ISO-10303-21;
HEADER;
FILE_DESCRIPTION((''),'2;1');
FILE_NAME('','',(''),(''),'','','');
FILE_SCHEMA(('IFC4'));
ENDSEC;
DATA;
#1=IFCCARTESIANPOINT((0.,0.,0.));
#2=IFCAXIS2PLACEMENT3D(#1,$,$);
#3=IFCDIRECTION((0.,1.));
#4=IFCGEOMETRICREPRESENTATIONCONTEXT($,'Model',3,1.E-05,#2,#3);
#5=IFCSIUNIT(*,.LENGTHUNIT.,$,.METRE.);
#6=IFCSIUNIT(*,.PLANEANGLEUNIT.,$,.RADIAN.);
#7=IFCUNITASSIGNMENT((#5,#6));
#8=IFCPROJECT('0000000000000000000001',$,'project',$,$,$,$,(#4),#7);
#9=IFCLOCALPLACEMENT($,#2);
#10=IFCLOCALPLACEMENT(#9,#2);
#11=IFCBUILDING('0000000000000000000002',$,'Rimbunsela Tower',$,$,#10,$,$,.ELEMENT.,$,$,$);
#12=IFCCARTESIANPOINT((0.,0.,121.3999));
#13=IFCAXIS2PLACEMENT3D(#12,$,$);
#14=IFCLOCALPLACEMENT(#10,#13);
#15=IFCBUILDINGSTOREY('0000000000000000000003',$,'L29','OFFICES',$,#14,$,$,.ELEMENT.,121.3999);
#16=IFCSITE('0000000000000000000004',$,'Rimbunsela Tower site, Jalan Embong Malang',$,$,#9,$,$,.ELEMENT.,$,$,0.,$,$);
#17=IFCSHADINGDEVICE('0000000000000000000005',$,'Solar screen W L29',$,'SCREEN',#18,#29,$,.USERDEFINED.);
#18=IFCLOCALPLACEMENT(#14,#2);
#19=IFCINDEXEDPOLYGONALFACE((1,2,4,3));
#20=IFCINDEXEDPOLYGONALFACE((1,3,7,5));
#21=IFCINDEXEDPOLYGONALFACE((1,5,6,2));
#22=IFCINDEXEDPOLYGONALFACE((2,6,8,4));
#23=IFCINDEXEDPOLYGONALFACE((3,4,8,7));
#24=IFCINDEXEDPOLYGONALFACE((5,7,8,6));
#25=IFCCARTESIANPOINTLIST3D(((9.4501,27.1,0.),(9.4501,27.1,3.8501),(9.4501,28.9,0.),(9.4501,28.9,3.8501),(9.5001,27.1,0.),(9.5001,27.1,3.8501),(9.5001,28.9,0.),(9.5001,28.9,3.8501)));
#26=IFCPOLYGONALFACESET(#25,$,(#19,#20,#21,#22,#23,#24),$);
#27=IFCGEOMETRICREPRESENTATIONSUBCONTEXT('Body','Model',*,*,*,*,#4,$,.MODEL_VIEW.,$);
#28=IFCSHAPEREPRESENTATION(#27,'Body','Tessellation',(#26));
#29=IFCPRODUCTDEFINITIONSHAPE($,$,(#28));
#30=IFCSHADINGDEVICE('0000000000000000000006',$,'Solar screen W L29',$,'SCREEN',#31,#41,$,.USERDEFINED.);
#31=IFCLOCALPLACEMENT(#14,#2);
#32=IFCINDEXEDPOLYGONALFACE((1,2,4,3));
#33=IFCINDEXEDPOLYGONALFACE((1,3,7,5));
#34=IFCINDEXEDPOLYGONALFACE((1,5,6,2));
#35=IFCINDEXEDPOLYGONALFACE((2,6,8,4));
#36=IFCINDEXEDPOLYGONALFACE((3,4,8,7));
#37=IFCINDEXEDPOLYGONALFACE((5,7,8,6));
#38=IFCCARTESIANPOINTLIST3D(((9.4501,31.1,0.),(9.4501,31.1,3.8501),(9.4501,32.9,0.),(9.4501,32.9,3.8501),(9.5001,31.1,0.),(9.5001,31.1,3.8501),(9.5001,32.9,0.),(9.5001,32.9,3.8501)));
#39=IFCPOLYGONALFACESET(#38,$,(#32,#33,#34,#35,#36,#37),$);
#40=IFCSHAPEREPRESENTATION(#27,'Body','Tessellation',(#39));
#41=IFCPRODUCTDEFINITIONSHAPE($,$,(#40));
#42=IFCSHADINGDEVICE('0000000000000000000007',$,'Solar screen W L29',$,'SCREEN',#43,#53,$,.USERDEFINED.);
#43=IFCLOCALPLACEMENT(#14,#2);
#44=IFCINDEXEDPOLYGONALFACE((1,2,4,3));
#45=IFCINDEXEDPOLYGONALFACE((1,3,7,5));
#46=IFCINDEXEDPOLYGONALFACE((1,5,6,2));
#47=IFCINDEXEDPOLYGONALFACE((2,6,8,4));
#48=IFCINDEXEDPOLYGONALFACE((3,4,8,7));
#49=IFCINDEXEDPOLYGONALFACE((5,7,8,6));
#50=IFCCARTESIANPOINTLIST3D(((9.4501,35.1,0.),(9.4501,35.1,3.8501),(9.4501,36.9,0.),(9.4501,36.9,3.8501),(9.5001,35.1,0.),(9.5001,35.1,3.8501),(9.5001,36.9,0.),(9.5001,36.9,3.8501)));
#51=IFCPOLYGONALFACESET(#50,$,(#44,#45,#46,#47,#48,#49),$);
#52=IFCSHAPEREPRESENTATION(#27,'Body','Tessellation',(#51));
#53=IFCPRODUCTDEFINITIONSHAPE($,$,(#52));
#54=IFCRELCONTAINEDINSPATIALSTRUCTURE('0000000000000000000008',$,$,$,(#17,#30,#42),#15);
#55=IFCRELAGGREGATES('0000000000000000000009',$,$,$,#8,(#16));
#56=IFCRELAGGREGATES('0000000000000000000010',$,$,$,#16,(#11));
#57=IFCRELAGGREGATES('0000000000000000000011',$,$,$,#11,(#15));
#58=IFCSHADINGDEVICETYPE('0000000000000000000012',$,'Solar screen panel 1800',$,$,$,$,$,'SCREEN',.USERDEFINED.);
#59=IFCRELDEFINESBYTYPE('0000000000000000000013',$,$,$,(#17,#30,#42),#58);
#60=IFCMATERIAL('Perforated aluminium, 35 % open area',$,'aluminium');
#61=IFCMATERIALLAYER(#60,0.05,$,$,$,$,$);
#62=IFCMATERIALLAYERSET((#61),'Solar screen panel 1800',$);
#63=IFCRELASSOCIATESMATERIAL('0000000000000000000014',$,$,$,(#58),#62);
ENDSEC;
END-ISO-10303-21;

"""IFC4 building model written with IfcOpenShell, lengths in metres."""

from ifc_helpers import new_model, si_unit, direction, frame, origin, origin_2d, place, context, subcontext, project, spatial, rectangle, extrude, material, layer, layer_set, type_object, element, save


model = new_model("IFC4")

# Units and contexts
model_context = context("Model", 3, precision=1e-05, world=origin(), true_north=direction((0.0, 1.0)))
body_context = subcontext(model_context, "Body", "Model", "MODEL_VIEW")
ifc_project = project(units=[si_unit("LENGTHUNIT", "METRE"), si_unit("PLANEANGLEUNIT", "RADIAN")], contexts=[model_context])

# Site, building, storey
site_placement = place(None, origin())
site = spatial("IfcSite", under=ifc_project, at=site_placement, Name="Rimbunsela Tower site, Jalan Embong Malang", CompositionType="ELEMENT", RefElevation=0.0)
building_placement = place(site_placement, origin())
building = spatial("IfcBuilding", under=site, at=building_placement, Name="Rimbunsela Tower", CompositionType="ELEMENT")
storey_placement = place(building_placement, frame((0.0, 0.0, 121.3999)))
storey = spatial("IfcBuildingStorey", under=building, at=storey_placement, Name="L29", Description="OFFICES", CompositionType="ELEMENT", Elevation=121.3999)

# Shading devices
ifc_material_1 = material(Name="Perforated aluminium, 35 % open area", Category="aluminium")
ifc_layer_1 = layer(ifc_material_1, 0.05)
ifc_layer_set_1 = layer_set([ifc_layer_1], Name="Solar screen panel 1800")
shading_device_type = type_object("IfcShadingDeviceType", Name="Solar screen panel 1800", ElementType="SCREEN", PredefinedType="USERDEFINED", material=ifc_layer_set_1)
for number, where, z_axis, x_axis, name in (
    (1, (9.4751, 28.0, 0.0), (0.0, 0.0, 1.0), (0.0, 1.0, 0.0), "Solar screen W L29"),
    (2, (9.4751, 32.0, 0.0), (0.0, 0.0, 1.0), (0.0, 1.0, 0.0), "Solar screen W L29"),
    (3, (9.4751, 36.0, 0.0), (0.0, 0.0, 1.0), (0.0, 1.0, 0.0), "Solar screen W L29"),
):
    element("IfcShadingDevice", number, at=place(storey_placement, frame(where, z_axis=z_axis, x_axis=x_axis)), inside=storey, type_object=shading_device_type, Name=name, ObjectType="SCREEN", PredefinedType="USERDEFINED", context=body_context, shape_type="SweptSolid", body=[
        extrude(rectangle(XDim=1.8, YDim=0.05, at=origin_2d()), origin(), (0.0, 0.0, 1.0), 3.8501),
    ])

save(model, "model.ifc")
